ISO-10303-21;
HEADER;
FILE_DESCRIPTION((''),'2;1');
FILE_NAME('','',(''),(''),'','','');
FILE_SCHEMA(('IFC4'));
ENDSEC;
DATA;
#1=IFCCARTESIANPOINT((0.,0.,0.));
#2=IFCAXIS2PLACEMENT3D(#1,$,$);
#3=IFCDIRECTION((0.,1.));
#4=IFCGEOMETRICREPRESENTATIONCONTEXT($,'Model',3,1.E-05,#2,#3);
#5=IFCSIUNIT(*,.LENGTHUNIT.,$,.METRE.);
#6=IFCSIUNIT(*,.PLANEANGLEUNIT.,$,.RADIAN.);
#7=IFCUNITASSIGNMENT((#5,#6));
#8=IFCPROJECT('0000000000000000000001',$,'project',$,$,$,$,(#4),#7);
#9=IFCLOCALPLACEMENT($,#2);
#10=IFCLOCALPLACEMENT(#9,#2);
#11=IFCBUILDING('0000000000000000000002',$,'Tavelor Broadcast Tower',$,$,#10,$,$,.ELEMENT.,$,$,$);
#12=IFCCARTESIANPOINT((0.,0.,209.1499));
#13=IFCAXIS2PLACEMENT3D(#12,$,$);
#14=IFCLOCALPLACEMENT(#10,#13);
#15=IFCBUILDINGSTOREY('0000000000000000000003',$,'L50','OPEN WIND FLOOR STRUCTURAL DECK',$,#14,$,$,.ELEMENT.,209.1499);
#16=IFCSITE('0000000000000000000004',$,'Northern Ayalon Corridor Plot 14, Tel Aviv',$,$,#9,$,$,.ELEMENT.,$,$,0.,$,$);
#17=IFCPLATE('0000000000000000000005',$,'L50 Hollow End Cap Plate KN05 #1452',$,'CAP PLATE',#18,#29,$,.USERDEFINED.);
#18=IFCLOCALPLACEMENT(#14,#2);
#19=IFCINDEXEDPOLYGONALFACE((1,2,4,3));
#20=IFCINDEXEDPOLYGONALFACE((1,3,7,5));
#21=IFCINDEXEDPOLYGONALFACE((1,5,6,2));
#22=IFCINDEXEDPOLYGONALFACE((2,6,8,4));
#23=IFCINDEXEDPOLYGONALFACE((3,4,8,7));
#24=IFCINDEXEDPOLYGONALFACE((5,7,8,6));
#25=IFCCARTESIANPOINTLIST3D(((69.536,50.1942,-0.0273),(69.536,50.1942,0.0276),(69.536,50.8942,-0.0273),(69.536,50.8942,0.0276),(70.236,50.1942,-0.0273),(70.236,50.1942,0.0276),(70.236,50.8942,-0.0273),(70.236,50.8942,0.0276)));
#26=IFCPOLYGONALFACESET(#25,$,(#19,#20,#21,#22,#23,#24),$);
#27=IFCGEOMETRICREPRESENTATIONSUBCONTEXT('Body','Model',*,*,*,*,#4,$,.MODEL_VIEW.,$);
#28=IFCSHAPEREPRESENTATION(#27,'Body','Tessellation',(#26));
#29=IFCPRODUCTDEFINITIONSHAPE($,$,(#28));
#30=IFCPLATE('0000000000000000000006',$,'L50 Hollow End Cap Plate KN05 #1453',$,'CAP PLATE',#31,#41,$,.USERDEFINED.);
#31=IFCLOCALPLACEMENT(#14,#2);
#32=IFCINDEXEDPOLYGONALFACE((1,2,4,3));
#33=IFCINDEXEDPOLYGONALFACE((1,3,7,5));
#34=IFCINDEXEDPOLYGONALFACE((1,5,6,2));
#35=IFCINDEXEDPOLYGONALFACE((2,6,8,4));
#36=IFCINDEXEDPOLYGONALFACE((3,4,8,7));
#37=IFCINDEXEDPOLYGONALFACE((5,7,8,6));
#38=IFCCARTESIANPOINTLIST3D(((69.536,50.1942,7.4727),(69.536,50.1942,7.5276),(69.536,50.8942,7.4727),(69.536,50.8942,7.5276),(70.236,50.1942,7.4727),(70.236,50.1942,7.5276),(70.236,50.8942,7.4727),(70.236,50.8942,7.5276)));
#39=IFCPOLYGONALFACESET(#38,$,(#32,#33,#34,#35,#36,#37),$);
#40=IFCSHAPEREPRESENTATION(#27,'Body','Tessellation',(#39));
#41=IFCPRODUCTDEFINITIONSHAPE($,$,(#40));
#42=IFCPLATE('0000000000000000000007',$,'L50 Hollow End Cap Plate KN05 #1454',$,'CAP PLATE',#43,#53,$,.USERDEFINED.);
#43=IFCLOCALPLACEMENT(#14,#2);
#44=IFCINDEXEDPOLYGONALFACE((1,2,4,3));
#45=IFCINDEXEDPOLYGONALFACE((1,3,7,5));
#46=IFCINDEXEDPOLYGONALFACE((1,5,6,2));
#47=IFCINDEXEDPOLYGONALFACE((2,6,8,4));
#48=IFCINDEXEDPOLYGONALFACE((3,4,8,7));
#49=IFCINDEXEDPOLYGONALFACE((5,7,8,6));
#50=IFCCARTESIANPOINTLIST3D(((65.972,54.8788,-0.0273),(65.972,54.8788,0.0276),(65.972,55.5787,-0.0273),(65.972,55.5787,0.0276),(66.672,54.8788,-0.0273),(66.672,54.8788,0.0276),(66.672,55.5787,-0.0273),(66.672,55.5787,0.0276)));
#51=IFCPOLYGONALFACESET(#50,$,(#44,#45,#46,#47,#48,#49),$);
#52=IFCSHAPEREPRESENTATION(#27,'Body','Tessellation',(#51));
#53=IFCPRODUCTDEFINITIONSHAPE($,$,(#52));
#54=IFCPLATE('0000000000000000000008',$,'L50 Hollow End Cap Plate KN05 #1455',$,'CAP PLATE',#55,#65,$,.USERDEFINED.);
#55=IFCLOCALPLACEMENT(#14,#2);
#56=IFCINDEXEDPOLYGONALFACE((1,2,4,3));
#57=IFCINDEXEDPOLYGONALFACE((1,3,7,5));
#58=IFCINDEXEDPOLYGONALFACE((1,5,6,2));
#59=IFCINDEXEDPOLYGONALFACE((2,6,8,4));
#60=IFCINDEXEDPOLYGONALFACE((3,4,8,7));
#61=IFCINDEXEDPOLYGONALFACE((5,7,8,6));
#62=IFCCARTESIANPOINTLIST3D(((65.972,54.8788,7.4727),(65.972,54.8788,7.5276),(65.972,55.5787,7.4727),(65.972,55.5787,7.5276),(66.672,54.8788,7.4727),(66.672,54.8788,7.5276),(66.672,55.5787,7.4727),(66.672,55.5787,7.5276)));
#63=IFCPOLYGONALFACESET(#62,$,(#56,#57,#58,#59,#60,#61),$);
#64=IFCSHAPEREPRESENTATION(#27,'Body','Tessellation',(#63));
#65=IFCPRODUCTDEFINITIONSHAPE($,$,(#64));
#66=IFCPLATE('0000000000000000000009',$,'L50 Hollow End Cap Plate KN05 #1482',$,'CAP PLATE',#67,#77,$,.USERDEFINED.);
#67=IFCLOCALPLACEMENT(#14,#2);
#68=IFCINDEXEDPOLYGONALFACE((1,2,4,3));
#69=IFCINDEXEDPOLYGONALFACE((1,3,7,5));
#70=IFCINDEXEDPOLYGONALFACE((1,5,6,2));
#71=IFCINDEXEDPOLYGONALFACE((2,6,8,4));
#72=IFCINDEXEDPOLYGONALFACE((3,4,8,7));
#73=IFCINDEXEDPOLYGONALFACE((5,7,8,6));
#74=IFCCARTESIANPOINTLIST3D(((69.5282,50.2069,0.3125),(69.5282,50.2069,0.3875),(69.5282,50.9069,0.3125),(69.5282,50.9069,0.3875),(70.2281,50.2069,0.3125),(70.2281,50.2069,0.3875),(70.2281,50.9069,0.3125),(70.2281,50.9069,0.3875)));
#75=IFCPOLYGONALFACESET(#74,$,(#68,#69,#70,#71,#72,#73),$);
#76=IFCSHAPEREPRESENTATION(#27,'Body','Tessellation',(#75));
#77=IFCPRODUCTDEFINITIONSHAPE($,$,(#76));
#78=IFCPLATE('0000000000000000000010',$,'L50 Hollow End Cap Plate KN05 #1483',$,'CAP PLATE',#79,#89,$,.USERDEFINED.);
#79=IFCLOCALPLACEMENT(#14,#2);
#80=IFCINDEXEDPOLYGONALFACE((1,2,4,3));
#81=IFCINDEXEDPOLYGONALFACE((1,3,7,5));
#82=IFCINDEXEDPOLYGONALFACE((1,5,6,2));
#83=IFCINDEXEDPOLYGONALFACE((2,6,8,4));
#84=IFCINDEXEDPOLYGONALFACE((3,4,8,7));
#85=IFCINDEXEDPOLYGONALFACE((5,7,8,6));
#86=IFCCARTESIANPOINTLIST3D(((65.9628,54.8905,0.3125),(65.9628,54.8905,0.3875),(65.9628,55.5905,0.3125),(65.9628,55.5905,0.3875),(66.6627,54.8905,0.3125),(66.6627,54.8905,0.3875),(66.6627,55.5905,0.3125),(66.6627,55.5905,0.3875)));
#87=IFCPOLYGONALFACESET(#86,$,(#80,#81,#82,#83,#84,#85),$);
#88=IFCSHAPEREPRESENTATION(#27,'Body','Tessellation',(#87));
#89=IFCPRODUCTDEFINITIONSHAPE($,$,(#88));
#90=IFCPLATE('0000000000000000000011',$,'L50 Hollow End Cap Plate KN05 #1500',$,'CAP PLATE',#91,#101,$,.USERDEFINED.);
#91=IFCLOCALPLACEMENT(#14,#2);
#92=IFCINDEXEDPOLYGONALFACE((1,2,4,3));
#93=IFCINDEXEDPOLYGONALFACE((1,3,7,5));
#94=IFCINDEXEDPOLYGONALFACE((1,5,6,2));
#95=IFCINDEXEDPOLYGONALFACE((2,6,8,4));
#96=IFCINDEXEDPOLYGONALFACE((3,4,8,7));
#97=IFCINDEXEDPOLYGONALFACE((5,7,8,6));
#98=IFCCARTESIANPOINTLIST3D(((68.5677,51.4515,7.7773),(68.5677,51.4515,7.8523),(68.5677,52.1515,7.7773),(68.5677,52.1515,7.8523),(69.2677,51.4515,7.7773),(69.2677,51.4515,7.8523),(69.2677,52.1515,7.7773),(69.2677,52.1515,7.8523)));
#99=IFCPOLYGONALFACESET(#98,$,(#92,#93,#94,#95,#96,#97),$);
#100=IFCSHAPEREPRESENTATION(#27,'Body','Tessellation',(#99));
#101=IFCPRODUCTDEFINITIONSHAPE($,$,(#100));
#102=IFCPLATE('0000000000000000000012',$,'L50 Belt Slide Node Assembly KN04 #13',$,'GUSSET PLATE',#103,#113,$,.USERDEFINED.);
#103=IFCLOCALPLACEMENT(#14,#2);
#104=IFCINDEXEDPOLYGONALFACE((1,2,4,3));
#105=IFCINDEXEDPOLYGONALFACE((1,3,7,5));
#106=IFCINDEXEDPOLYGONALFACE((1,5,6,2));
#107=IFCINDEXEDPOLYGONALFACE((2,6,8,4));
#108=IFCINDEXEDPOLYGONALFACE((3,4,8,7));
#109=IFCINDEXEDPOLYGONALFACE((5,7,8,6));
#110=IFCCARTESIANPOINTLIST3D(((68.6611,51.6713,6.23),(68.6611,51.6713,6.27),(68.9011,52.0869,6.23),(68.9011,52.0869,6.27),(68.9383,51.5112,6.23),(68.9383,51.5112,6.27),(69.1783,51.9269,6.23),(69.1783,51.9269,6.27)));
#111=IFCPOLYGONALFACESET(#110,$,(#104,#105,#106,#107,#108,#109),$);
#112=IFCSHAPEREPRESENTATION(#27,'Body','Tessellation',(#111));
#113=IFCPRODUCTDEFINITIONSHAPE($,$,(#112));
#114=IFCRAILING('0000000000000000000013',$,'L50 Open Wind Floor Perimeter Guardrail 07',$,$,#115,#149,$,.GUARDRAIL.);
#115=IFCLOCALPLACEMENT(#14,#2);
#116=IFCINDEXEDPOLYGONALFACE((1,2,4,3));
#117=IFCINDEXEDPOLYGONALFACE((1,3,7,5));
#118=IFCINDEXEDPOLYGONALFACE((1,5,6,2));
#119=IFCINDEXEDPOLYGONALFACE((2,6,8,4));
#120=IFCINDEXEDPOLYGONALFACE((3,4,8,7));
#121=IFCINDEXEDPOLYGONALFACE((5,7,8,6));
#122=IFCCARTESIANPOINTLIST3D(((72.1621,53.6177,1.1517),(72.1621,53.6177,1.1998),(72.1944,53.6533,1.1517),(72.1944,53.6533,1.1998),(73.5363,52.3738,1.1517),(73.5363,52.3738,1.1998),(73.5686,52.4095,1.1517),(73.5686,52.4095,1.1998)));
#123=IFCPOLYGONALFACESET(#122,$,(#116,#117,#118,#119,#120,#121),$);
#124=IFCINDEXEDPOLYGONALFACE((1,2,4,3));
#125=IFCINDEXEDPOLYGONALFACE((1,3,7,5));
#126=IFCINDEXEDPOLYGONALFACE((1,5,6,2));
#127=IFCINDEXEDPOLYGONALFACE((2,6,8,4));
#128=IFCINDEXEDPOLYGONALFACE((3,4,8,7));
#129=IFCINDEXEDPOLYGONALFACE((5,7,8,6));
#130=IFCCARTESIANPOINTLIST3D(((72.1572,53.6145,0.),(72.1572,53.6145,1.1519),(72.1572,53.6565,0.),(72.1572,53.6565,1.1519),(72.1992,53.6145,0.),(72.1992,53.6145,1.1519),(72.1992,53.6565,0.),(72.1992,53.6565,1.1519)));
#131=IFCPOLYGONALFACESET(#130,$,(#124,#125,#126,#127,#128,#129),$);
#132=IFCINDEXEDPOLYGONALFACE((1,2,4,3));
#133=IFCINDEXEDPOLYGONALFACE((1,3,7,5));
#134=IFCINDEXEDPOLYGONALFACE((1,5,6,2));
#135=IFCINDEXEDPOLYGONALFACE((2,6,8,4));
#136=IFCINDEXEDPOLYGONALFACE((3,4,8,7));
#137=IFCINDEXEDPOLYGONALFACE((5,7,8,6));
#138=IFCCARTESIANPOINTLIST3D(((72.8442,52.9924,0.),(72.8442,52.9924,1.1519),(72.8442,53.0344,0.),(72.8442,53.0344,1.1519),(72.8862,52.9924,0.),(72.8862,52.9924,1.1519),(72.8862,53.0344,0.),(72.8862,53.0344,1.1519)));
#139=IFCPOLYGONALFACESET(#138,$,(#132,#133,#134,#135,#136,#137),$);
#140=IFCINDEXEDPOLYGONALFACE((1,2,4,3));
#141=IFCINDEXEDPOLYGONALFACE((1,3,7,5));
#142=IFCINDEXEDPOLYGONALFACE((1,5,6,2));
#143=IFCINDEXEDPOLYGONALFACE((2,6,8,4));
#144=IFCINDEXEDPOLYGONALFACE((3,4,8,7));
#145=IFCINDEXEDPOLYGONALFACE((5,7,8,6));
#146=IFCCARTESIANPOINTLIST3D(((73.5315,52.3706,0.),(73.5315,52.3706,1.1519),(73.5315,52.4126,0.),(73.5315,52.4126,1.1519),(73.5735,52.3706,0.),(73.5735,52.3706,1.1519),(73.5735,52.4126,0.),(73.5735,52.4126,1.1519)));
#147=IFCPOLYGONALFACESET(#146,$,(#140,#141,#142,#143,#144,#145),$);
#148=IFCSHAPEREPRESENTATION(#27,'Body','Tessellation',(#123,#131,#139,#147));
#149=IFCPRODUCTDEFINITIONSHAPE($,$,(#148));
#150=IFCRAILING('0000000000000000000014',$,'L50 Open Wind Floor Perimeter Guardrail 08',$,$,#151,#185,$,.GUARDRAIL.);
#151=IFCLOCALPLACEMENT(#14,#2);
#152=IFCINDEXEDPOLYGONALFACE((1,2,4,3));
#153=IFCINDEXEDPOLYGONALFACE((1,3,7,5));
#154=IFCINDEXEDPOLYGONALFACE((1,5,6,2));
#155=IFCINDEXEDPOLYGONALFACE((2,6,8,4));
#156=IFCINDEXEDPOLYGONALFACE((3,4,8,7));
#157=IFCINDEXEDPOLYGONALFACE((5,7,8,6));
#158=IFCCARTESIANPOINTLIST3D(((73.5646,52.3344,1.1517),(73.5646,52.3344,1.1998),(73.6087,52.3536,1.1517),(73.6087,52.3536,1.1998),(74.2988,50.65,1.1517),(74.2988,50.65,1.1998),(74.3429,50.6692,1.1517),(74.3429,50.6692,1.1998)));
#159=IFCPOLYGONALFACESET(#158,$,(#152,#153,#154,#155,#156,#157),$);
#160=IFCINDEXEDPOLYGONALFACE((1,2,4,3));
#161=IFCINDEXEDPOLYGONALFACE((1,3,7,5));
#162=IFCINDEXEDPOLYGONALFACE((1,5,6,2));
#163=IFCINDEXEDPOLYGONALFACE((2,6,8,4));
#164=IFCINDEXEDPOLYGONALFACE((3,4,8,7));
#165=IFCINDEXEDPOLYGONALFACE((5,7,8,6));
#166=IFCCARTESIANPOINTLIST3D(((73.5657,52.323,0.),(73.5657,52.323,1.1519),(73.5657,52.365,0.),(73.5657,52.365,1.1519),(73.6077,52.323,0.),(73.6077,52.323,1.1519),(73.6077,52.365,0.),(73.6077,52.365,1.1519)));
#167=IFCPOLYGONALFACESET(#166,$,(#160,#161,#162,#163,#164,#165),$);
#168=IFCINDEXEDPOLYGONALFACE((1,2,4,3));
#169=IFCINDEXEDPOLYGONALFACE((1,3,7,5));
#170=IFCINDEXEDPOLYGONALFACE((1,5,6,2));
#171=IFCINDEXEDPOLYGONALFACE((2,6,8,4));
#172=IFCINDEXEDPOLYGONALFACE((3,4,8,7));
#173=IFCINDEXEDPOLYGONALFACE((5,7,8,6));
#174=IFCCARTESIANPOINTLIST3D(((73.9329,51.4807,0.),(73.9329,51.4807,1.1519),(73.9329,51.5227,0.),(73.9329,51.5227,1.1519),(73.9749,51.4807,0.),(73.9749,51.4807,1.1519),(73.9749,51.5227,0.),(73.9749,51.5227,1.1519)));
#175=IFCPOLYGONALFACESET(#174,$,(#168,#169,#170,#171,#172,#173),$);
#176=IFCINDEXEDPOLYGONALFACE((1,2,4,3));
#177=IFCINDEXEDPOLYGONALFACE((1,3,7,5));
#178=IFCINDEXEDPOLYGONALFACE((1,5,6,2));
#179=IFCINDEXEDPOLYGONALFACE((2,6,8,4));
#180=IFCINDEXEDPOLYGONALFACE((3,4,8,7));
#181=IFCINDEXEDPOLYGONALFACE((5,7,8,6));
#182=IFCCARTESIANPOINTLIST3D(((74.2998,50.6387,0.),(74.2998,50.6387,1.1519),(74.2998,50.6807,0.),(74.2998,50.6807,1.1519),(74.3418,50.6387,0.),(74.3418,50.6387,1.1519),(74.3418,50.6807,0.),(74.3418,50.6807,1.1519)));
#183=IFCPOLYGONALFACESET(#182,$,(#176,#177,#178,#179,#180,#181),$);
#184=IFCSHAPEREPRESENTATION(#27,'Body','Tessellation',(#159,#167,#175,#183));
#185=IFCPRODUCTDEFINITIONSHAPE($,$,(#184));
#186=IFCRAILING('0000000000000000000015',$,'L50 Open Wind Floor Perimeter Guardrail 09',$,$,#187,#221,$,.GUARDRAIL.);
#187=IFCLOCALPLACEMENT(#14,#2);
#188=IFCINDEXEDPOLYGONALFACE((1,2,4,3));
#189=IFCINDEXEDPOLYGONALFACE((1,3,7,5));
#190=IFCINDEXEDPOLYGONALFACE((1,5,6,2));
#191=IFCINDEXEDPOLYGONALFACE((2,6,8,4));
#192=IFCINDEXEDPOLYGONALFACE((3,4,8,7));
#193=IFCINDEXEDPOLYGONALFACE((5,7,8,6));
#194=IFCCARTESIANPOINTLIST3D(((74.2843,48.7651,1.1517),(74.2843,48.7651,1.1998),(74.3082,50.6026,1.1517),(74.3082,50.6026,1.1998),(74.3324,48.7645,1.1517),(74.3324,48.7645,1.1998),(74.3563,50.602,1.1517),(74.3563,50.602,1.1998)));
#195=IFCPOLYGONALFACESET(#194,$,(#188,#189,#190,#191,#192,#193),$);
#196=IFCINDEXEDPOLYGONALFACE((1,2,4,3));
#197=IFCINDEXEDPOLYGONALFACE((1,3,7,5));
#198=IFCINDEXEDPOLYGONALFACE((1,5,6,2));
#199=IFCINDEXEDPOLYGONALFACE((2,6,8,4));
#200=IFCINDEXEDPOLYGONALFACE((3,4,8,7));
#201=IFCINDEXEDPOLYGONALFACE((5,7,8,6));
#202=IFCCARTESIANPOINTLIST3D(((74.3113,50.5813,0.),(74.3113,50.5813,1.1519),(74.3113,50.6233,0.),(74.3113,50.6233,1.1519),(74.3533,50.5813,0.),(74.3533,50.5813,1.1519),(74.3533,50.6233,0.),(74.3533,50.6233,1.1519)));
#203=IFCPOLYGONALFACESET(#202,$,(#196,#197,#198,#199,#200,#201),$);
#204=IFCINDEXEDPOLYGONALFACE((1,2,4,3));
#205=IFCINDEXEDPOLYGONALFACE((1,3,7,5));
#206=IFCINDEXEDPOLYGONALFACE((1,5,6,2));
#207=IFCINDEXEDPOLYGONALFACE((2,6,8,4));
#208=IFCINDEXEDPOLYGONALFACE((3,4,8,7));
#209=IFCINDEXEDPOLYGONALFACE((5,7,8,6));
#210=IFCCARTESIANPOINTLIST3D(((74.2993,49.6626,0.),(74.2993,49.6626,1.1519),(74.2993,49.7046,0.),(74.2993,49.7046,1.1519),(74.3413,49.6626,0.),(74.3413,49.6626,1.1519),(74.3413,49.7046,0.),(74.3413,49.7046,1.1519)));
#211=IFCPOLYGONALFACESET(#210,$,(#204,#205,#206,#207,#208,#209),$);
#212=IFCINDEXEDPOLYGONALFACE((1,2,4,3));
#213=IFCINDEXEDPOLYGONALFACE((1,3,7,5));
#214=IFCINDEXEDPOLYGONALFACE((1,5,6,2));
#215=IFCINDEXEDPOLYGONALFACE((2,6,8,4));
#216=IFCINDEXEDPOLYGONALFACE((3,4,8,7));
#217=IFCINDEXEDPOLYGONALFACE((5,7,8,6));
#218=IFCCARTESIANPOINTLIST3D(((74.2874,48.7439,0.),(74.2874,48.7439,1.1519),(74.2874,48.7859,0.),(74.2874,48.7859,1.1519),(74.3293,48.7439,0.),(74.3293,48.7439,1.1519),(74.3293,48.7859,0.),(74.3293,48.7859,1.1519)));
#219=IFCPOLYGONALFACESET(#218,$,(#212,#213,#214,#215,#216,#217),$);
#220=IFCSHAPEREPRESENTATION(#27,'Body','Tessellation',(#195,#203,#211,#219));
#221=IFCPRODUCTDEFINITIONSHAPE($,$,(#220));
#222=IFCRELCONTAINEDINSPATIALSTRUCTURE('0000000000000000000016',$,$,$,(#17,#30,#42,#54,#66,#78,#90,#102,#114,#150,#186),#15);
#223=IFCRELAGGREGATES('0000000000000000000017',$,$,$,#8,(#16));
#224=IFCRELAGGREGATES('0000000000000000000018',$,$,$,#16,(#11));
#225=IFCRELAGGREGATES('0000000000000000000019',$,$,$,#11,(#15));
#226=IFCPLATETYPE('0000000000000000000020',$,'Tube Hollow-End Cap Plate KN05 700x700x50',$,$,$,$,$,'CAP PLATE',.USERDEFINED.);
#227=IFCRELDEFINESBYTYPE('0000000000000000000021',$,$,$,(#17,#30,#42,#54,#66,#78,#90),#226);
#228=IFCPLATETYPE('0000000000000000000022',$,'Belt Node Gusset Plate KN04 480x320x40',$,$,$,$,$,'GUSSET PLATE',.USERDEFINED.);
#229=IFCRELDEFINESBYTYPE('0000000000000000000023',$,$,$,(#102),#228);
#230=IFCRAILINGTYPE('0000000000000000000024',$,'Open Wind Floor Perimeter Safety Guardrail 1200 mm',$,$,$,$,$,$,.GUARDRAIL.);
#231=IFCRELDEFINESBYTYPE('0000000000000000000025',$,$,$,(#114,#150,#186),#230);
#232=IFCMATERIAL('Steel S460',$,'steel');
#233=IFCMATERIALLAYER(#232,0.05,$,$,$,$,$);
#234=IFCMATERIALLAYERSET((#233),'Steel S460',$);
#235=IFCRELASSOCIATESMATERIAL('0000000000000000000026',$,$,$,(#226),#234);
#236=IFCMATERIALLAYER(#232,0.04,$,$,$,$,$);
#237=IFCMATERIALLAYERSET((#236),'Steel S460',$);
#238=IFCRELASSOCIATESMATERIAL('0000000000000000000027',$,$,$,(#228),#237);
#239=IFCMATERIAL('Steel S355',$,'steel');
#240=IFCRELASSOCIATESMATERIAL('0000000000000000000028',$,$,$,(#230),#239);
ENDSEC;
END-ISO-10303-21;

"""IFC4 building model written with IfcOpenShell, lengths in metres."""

from ifc_helpers import new_model, si_unit, direction, frame, origin, origin_2d, place, context, subcontext, project, spatial, rectangle, extrude, source, transform, mapped, material, layer, layer_set, type_object, type_shapes, element, save


model = new_model("IFC4")

# Units and contexts
model_context = context("Model", 3, precision=1e-05, world=origin(), true_north=direction((0.0, 1.0)))
body_context = subcontext(model_context, "Body", "Model", "MODEL_VIEW")
ifc_project = project(units=[si_unit("LENGTHUNIT", "METRE"), si_unit("PLANEANGLEUNIT", "RADIAN")], contexts=[model_context])

# Site, building, storey
site_placement = place(None, origin())
site = spatial("IfcSite", under=ifc_project, at=site_placement, Name="Northern Ayalon Corridor Plot 14, Tel Aviv", CompositionType="ELEMENT", RefElevation=0.0)
building_placement = place(site_placement, origin())
building = spatial("IfcBuilding", under=site, at=building_placement, Name="Tavelor Broadcast Tower", CompositionType="ELEMENT")
storey_placement = place(building_placement, frame((0.0, 0.0, 209.1499)))
storey = spatial("IfcBuildingStorey", under=building, at=storey_placement, Name="L50", Description="OPEN WIND FLOOR STRUCTURAL DECK", CompositionType="ELEMENT", Elevation=209.1499)

# Shared definitions
ifc_material_1 = material(Name="Steel S460", Category="steel")

# Plates
ifc_layer_1 = layer(ifc_material_1, 0.05)
ifc_layer_set_1 = layer_set([ifc_layer_1], Name="Steel S460")
plate_type_1 = type_object("IfcPlateType", Name="Tube Hollow-End Cap Plate KN05 700x700x50", ElementType="CAP PLATE", PredefinedType="USERDEFINED", material=ifc_layer_set_1)
shared_shape_1 = source(origin(), body_context, "Body", "SweptSolid", [
    extrude(rectangle(XDim=0.7, YDim=0.7, at=origin_2d()), origin(), (0.0, 0.0, 1.0), 0.0549),
])
for number, where, z_axis, x_axis, name in (
    (1, (69.886, 50.5442, -0.0273), (0.0, 0.0, 1.0), (1.0, 0.0, 0.0), "L50 Hollow End Cap Plate KN05 #1452"),
    (2, (69.886, 50.5442, 7.4727), (0.0, 0.0, 1.0), (1.0, 0.0, 0.0), "L50 Hollow End Cap Plate KN05 #1453"),
    (3, (66.322, 55.2288, -0.0273), (0.0, 0.0, 1.0), (1.0, 0.0, 0.0), "L50 Hollow End Cap Plate KN05 #1454"),
    (4, (66.322, 55.2288, 7.4727), (0.0, 0.0, 1.0), (1.0, 0.0, 0.0), "L50 Hollow End Cap Plate KN05 #1455"),
):
    element("IfcPlate", number, at=place(storey_placement, frame(where, z_axis=z_axis, x_axis=x_axis)), inside=storey, type_object=plate_type_1, Name=name, ObjectType="CAP PLATE", PredefinedType="USERDEFINED", context=body_context, shape_type="MappedRepresentation", body=[
        mapped(shared_shape_1, transform((0.0, 0.0, 0.0), scale=1.0)),
    ])
shared_shape_2 = source(origin(), body_context, "Body", "SweptSolid", [
    extrude(rectangle(XDim=0.7, YDim=0.7, at=origin_2d()), origin(), (0.0, 0.0, 1.0), 0.075),
])
type_shapes(plate_type_1, [shared_shape_1, shared_shape_2])
for number, where, z_axis, x_axis, name in (
    (5, (69.8782, 50.5569, 0.3125), (0.0, 0.0, 1.0), (1.0, 0.0, 0.0), "L50 Hollow End Cap Plate KN05 #1482"),
    (6, (66.3127, 55.2405, 0.3125), (0.0, 0.0, 1.0), (1.0, 0.0, 0.0), "L50 Hollow End Cap Plate KN05 #1483"),
    (7, (68.9177, 51.8015, 7.7773), (0.0, 0.0, 1.0), (1.0, 0.0, 0.0), "L50 Hollow End Cap Plate KN05 #1500"),
):
    element("IfcPlate", number, at=place(storey_placement, frame(where, z_axis=z_axis, x_axis=x_axis)), inside=storey, type_object=plate_type_1, Name=name, ObjectType="CAP PLATE", PredefinedType="USERDEFINED", context=body_context, shape_type="MappedRepresentation", body=[
        mapped(shared_shape_2, transform((0.0, 0.0, 0.0), scale=1.0)),
    ])
ifc_layer_2 = layer(ifc_material_1, 0.04)
ifc_layer_set_2 = layer_set([ifc_layer_2], Name="Steel S460")
plate_type_2 = type_object("IfcPlateType", Name="Belt Node Gusset Plate KN04 480x320x40", ElementType="GUSSET PLATE", PredefinedType="USERDEFINED", material=ifc_layer_set_2)
shared_shape_3 = source(origin(), body_context, "Body", "SweptSolid", [
    extrude(rectangle(XDim=0.48, YDim=0.3201, at=origin_2d()), origin(), (0.0, 0.0, 1.0), 0.04),
])
type_shapes(plate_type_2, [shared_shape_3])
plate_placement = place(storey_placement, frame((68.9197, 51.7991, 6.23), z_axis=(0.0, 0.0, 1.0), x_axis=(-0.5, -0.866025, 0.0)))
element("IfcPlate", 8, at=plate_placement, inside=storey, type_object=plate_type_2, Name="L50 Belt Slide Node Assembly KN04 #13", ObjectType="GUSSET PLATE", PredefinedType="USERDEFINED", context=body_context, shape_type="MappedRepresentation", body=[
    mapped(shared_shape_3, transform((0.0, 0.0, 0.0), scale=1.0)),
])

# Railings
ifc_material_2 = material(Name="Steel S355", Category="steel")
railing_type = type_object("IfcRailingType", Name="Open Wind Floor Perimeter Safety Guardrail 1200 mm", PredefinedType="GUARDRAIL", material=ifc_material_2)
railing_1_placement = place(storey_placement, frame((72.1782, 53.6355, 0.0)))
element("IfcRailing", 9, at=railing_1_placement, inside=storey, type_object=railing_type, Name="L50 Open Wind Floor Perimeter Guardrail 07", PredefinedType="GUARDRAIL", context=body_context, shape_type="SweptSolid", body=[
    extrude(rectangle(XDim=0.0481, YDim=0.0481, at=origin_2d()), frame((0.0, 0.0, 1.1758), z_axis=(0.741398, -0.671065, 0.0), x_axis=(0.671065, 0.741398, 0.0)), (0.0, 0.0, 1.0), 1.8535),
    extrude(rectangle(XDim=0.042, YDim=0.042, at=origin_2d()), origin(), (0.0, 0.0, 1.0), 1.1519),
    extrude(rectangle(XDim=0.042, YDim=0.042, at=origin_2d()), frame((0.687, -0.6221, 0.0)), (0.0, 0.0, 1.0), 1.1519),
    extrude(rectangle(XDim=0.042, YDim=0.042, at=origin_2d()), frame((1.3743, -1.2439, 0.0)), (0.0, 0.0, 1.0), 1.1519),
])
railing_2_placement = place(storey_placement, frame((73.5867, 52.344, 0.0)))
element("IfcRailing", 10, at=railing_2_placement, inside=storey, type_object=railing_type, Name="L50 Open Wind Floor Perimeter Guardrail 08", PredefinedType="GUARDRAIL", context=body_context, shape_type="SweptSolid", body=[
    extrude(rectangle(XDim=0.0481, YDim=0.0481, at=origin_2d()), frame((0.0, 0.0, 1.1758), z_axis=(0.399557, -0.916708, 0.0), x_axis=(0.916708, 0.399557, 0.0)), (0.0, 0.0, 1.0), 1.8374),
    extrude(rectangle(XDim=0.042, YDim=0.042, at=origin_2d()), origin(), (0.0, 0.0, 1.0), 1.1519),
    extrude(rectangle(XDim=0.042, YDim=0.042, at=origin_2d()), frame((0.3672, -0.8423, 0.0)), (0.0, 0.0, 1.0), 1.1519),
    extrude(rectangle(XDim=0.042, YDim=0.042, at=origin_2d()), frame((0.7341, -1.6843, 0.0)), (0.0, 0.0, 1.0), 1.1519),
])
railing_3_placement = place(storey_placement, frame((74.3323, 50.6023, 0.0)))
element("IfcRailing", 11, at=railing_3_placement, inside=storey, type_object=railing_type, Name="L50 Open Wind Floor Perimeter Guardrail 09", PredefinedType="GUARDRAIL", context=body_context, shape_type="SweptSolid", body=[
    extrude(rectangle(XDim=0.0481, YDim=0.0481, at=origin_2d()), frame((0.0, 0.0, 1.1758), z_axis=(-0.01302, -0.999915, 0.0), x_axis=(0.999915, -0.01302, 0.0)), (0.0, 0.0, 1.0), 1.8376),
    extrude(rectangle(XDim=0.042, YDim=0.042, at=origin_2d()), origin(), (0.0, 0.0, 1.0), 1.1519),
    extrude(rectangle(XDim=0.042, YDim=0.042, at=origin_2d()), frame((-0.012, -0.9187, 0.0)), (0.0, 0.0, 1.0), 1.1519),
    extrude(rectangle(XDim=0.042, YDim=0.042, at=origin_2d()), frame((-0.0239, -1.8374, 0.0)), (0.0, 0.0, 1.0), 1.1519),
])

save(model, "model.ifc")
